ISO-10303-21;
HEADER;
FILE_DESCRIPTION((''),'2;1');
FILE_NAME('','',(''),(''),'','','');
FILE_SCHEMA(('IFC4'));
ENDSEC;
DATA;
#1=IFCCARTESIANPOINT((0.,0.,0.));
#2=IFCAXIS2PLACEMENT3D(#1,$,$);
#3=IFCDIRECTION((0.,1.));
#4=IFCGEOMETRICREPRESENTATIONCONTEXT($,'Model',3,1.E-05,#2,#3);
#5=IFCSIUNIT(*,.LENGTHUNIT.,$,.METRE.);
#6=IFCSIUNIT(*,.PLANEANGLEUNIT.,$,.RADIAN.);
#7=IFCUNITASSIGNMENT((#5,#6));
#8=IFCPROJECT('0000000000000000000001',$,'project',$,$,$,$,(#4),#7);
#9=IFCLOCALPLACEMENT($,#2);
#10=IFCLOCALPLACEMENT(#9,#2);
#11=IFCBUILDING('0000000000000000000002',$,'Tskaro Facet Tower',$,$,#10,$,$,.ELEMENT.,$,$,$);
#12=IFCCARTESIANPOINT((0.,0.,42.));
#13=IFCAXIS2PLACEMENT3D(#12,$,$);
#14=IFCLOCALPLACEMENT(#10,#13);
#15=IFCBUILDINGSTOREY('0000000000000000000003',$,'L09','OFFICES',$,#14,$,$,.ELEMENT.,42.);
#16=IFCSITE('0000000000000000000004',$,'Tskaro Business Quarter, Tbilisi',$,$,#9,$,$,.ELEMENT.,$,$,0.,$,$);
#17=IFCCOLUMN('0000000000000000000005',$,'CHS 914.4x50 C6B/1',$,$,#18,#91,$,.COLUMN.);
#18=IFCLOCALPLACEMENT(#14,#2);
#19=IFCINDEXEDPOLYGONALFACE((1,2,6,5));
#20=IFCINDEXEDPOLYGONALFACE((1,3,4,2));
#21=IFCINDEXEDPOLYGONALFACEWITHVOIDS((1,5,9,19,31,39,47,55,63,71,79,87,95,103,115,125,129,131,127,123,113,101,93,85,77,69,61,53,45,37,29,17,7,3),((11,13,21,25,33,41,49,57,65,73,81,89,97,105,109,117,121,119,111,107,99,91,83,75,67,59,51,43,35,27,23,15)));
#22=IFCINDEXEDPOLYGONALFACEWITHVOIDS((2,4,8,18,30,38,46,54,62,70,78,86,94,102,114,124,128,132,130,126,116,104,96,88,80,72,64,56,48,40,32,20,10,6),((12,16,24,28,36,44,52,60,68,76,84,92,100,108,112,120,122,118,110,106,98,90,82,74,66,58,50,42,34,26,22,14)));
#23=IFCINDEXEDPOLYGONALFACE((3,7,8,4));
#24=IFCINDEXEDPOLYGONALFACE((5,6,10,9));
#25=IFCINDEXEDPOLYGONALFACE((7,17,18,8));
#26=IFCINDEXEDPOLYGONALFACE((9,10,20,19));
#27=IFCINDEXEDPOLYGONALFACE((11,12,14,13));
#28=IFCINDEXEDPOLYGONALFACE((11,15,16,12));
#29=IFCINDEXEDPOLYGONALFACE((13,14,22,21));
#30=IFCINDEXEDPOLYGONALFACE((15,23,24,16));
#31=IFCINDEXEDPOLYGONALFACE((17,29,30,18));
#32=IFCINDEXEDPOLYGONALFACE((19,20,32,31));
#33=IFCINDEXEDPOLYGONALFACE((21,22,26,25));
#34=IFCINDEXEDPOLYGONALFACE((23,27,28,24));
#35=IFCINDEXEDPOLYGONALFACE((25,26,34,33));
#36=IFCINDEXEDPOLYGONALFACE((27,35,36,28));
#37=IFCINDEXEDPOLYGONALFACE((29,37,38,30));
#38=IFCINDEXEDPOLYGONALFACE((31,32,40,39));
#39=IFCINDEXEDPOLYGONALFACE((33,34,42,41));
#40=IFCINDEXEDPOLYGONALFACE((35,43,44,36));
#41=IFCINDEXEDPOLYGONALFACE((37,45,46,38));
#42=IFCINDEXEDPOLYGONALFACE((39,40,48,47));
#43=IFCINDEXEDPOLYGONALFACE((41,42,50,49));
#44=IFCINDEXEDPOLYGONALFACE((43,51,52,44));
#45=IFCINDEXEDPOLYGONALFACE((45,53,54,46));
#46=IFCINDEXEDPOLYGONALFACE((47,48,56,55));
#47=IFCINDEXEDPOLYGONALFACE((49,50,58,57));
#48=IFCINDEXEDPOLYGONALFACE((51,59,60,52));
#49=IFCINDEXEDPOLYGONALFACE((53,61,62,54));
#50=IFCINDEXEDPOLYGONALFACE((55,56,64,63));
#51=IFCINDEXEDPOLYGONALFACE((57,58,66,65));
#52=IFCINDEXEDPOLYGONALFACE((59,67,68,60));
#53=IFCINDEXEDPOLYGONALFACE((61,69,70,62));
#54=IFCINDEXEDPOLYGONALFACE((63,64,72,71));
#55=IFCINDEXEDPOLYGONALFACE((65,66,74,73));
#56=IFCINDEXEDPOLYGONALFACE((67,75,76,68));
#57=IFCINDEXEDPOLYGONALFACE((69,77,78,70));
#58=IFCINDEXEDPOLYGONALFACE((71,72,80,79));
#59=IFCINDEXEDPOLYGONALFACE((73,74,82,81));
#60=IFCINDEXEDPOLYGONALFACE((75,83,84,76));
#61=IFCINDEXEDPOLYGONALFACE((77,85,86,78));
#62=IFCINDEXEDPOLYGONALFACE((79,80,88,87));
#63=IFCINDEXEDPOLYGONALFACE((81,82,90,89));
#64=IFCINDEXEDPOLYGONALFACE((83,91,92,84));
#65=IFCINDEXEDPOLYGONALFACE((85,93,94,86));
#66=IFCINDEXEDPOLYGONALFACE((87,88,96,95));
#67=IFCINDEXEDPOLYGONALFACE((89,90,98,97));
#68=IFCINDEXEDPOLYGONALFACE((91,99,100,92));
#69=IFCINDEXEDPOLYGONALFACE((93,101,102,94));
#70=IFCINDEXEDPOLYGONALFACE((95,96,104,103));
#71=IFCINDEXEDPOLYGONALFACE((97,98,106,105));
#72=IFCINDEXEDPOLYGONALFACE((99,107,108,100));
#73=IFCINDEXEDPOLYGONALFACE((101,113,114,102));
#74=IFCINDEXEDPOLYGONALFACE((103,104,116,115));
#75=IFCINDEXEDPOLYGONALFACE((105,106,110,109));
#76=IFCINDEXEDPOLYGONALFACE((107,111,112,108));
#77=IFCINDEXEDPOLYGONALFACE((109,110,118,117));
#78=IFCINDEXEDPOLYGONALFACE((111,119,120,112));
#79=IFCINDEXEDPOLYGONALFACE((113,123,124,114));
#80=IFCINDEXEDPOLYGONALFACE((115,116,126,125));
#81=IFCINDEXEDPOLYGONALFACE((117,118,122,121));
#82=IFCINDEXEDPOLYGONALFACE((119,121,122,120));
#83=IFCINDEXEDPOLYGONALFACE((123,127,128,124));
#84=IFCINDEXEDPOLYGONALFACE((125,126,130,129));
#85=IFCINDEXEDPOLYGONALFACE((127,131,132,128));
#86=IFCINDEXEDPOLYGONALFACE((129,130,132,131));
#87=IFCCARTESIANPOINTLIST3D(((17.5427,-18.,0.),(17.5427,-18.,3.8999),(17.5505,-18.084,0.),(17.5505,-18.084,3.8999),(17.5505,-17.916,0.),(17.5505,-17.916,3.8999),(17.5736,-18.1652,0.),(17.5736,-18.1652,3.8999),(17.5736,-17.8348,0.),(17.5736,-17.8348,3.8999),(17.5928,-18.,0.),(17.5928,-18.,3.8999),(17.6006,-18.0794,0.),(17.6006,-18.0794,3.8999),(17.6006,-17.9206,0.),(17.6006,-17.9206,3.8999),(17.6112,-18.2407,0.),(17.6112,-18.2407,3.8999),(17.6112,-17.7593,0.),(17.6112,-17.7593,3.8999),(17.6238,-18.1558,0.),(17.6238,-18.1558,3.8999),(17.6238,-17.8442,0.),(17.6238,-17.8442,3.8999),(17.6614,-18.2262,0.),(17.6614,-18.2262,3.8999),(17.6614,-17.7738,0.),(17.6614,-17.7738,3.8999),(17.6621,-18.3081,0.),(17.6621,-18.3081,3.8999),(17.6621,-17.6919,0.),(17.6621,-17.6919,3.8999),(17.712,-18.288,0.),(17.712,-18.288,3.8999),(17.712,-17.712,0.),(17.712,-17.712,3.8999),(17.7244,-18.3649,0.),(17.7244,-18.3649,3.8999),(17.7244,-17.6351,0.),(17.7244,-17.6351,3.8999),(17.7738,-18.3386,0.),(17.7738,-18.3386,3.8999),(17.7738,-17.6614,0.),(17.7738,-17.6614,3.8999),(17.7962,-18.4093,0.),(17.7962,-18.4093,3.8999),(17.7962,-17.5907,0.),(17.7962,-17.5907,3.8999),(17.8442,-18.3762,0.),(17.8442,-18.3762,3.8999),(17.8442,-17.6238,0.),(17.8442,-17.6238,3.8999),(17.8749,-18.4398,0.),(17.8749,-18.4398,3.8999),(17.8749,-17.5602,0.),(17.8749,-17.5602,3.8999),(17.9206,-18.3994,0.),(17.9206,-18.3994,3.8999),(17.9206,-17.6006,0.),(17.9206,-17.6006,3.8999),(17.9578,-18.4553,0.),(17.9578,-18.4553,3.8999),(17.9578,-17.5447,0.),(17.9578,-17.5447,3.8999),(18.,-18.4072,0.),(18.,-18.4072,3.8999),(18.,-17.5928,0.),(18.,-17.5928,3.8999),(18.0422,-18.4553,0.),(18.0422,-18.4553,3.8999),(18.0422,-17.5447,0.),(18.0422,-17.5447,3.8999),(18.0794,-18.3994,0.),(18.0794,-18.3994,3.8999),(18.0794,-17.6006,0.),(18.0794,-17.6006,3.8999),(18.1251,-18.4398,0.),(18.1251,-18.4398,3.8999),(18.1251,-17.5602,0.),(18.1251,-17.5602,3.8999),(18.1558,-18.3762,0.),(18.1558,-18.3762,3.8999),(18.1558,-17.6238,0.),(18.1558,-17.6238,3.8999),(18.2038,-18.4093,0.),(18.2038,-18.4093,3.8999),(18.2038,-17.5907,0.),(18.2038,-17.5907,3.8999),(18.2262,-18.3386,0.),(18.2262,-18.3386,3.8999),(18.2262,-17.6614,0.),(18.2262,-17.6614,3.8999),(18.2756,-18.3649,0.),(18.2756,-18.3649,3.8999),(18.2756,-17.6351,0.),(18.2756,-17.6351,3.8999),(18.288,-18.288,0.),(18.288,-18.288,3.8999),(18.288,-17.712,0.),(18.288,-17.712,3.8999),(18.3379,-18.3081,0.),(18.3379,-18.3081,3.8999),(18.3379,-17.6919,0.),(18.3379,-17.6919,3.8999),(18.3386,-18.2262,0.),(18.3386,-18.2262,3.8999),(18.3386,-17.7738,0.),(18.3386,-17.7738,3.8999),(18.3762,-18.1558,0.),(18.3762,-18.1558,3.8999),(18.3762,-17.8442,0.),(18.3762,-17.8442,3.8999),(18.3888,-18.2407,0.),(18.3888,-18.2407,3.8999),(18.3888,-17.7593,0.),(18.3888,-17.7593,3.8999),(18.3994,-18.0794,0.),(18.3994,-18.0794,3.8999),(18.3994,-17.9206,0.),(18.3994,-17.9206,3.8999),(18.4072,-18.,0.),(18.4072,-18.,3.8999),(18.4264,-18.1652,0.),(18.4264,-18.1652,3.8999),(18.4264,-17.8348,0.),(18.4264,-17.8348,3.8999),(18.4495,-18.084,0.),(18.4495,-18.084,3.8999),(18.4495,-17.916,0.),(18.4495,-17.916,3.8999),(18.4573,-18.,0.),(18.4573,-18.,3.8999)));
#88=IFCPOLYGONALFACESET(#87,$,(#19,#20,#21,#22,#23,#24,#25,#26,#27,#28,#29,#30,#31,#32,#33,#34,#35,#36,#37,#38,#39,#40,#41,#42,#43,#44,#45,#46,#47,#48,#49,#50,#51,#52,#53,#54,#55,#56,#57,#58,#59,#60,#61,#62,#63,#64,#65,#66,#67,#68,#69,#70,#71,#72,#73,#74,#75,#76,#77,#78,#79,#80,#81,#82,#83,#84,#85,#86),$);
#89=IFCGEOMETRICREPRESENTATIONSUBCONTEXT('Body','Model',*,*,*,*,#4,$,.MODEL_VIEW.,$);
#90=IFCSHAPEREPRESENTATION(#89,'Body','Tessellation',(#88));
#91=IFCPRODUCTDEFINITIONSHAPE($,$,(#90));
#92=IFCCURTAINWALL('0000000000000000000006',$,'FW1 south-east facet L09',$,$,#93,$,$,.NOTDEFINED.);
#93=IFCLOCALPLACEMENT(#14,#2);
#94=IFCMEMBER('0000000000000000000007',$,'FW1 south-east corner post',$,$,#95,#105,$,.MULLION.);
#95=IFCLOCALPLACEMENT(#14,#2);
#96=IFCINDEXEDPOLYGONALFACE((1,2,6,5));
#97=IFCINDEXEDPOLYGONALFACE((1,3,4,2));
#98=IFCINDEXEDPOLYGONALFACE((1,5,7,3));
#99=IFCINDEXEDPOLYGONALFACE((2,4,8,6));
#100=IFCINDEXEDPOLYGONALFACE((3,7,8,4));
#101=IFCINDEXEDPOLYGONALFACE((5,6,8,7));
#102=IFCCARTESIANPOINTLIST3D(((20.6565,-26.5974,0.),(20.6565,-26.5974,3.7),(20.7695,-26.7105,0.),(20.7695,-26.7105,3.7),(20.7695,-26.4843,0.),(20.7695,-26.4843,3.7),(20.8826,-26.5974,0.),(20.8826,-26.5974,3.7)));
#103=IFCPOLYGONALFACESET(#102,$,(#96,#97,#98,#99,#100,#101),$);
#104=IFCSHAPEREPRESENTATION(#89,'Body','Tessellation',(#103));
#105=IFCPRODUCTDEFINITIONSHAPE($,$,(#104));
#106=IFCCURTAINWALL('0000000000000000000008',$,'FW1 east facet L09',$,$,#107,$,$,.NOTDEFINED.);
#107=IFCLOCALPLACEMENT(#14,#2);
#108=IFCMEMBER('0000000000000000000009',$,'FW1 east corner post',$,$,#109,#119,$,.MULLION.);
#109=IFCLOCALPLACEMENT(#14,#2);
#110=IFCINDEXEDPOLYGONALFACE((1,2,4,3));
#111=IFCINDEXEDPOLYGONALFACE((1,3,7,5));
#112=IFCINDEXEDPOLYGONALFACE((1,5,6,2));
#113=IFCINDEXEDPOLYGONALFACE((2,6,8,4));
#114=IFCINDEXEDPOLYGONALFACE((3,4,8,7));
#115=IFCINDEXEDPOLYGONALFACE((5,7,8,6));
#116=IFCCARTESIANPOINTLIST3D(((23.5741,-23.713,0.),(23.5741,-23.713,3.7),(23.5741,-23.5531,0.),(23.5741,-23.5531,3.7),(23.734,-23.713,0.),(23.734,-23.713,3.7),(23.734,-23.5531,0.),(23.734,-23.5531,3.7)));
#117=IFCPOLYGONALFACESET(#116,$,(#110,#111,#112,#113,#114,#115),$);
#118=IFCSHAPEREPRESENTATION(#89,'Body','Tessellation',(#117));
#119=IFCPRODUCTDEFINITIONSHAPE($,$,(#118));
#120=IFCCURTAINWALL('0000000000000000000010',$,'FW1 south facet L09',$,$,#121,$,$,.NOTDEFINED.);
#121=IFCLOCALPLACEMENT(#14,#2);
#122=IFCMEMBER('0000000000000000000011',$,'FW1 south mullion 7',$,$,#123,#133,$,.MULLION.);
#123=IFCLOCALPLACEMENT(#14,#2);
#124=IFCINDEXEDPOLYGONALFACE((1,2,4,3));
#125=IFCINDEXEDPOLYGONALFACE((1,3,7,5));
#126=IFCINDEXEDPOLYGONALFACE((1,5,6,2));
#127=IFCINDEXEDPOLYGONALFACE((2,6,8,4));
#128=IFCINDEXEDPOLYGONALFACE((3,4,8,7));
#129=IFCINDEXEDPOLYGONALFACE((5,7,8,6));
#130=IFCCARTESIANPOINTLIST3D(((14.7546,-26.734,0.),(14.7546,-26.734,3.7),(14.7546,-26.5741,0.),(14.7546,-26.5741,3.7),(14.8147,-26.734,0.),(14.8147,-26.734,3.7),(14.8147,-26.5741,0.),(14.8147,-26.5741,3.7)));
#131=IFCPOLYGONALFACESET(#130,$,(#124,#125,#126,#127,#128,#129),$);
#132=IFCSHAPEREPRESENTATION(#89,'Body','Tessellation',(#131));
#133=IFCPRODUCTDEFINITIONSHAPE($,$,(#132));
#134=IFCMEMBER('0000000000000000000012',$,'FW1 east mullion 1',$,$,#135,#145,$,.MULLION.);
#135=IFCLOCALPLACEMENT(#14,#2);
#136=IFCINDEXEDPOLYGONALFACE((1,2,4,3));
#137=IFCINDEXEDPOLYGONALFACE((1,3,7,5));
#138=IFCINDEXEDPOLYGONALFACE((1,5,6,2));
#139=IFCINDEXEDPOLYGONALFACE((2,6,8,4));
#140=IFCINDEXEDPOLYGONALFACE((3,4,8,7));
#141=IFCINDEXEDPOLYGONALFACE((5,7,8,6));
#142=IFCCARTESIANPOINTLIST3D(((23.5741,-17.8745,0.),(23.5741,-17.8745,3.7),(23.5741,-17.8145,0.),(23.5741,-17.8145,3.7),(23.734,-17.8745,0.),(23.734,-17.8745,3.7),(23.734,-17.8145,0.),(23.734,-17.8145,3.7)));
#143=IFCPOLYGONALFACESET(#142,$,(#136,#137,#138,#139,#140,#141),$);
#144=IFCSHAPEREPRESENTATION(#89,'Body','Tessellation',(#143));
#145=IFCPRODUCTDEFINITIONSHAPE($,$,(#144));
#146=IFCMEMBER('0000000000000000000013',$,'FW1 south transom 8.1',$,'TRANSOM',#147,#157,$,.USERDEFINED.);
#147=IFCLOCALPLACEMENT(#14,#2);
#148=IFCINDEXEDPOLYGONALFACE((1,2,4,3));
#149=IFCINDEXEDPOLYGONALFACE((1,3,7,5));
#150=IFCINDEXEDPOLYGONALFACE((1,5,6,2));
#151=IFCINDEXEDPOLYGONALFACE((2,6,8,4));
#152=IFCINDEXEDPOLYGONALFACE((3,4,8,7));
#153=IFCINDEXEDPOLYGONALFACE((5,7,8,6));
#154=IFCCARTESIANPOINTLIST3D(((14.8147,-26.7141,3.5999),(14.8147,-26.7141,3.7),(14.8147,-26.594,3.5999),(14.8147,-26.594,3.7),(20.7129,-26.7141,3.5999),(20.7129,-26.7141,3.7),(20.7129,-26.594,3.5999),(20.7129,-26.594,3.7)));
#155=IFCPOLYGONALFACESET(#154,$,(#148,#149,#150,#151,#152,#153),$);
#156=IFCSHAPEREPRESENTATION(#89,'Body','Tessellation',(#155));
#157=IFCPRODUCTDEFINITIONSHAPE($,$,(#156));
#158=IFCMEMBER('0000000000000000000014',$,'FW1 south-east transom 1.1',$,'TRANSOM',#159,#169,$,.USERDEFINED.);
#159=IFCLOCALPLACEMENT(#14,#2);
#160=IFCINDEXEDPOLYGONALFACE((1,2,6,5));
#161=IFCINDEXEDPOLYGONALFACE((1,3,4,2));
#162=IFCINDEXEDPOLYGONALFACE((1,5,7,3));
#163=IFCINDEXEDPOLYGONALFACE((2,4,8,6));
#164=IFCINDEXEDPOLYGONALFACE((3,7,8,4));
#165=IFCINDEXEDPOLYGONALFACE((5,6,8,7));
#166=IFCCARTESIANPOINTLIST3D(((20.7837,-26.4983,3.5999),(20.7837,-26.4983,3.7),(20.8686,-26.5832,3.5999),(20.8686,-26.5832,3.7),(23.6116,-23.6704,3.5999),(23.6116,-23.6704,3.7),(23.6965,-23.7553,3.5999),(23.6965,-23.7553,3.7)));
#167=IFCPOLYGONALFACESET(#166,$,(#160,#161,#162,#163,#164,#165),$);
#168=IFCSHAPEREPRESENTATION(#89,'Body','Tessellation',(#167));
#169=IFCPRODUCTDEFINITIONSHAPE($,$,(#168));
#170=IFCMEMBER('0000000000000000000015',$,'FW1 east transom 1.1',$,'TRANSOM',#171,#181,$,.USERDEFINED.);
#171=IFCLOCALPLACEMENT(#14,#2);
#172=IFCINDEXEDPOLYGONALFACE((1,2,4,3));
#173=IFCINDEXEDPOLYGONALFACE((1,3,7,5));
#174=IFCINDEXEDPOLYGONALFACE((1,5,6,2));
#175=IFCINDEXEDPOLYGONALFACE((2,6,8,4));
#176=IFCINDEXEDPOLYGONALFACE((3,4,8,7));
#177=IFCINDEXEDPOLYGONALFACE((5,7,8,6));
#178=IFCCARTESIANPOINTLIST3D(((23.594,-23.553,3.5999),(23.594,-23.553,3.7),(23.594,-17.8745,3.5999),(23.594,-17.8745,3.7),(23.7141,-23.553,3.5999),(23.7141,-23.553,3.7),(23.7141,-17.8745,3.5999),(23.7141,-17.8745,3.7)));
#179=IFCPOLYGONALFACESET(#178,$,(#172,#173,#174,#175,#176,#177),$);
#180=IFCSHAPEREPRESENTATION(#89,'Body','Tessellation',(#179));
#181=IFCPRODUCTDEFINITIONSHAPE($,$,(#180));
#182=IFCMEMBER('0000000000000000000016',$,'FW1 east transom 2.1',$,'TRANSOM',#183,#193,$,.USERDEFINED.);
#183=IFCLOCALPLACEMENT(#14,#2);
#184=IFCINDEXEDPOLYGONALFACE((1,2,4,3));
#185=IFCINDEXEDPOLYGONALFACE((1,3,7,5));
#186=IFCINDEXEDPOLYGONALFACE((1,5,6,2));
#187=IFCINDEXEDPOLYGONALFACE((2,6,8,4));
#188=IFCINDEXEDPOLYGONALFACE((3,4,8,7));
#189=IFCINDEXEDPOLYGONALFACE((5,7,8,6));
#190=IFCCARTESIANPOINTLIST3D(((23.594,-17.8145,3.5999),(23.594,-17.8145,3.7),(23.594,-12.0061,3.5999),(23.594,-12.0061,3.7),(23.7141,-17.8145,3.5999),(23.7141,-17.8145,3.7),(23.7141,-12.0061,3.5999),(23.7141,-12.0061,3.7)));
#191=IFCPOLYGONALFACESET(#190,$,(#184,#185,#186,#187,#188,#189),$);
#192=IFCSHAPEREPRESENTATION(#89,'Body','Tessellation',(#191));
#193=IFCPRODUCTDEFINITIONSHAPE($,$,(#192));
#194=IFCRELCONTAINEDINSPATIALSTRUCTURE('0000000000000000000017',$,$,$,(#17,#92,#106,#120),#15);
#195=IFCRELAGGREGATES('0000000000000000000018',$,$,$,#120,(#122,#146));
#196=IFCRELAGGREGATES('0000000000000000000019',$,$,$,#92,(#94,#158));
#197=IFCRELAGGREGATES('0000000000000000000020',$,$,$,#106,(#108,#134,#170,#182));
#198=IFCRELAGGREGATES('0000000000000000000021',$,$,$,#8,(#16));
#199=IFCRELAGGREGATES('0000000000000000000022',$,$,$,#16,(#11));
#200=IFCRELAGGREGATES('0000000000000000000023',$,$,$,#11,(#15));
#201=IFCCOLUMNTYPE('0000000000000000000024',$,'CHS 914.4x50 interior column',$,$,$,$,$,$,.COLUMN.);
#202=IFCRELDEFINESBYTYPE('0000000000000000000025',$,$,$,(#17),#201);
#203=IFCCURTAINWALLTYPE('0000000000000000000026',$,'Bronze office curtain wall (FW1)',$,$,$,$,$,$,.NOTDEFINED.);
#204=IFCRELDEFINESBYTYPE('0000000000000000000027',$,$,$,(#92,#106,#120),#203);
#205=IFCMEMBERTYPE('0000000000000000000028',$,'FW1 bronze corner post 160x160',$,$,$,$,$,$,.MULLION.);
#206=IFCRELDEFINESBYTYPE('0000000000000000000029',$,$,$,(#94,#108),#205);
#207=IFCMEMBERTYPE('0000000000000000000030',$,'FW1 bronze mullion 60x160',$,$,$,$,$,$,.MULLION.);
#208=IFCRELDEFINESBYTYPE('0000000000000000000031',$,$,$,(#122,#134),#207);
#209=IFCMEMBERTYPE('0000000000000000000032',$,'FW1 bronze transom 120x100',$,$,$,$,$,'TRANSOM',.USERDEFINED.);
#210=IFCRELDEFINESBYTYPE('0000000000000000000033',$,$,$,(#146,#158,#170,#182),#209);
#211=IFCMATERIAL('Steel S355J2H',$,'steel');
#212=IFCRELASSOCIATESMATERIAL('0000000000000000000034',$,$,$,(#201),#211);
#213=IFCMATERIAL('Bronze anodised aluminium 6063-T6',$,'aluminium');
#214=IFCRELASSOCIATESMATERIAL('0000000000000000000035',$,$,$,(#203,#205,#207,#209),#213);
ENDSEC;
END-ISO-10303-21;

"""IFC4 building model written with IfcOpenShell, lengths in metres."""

from ifc_helpers import new_model, si_unit, direction, frame, origin, origin_2d, place, context, subcontext, project, spatial, rectangle, hollow_circle, extrude, material, material_profile, profile_set, type_object, element, aggregate, save


model = new_model("IFC4")

# Units and contexts
model_context = context("Model", 3, precision=1e-05, world=origin(), true_north=direction((0.0, 1.0)))
body_context = subcontext(model_context, "Body", "Model", "MODEL_VIEW")
ifc_project = project(units=[si_unit("LENGTHUNIT", "METRE"), si_unit("PLANEANGLEUNIT", "RADIAN")], contexts=[model_context])

# Site, building, storey
site_placement = place(None, origin())
site = spatial("IfcSite", under=ifc_project, at=site_placement, Name="Tskaro Business Quarter, Tbilisi", CompositionType="ELEMENT", RefElevation=0.0)
building_placement = place(site_placement, origin())
building = spatial("IfcBuilding", under=site, at=building_placement, Name="Tskaro Facet Tower", CompositionType="ELEMENT")
storey_placement = place(building_placement, frame((0.0, 0.0, 42.0)))
storey = spatial("IfcBuildingStorey", under=building, at=storey_placement, Name="L09", Description="OFFICES", CompositionType="ELEMENT", Elevation=42.0)

# Column
ifc_material_1 = material(Name="Steel S355J2H", Category="steel")
ifc_material_profile_1 = material_profile(ifc_material_1, hollow_circle(Radius=0.4573, WallThickness=0.05, at=origin_2d()), Name="CHS 914.4x50")
ifc_profile_set_1 = profile_set([ifc_material_profile_1], Name="Steel S355J2H")
column_type_1 = type_object("IfcColumnType", Name="CHS 914.4x50 interior column", PredefinedType="COLUMN", material=ifc_profile_set_1)
column_placement = place(storey_placement, frame((18.0, -18.0, 0.0), z_axis=(0.0, 0.0, 1.0), x_axis=(1.0, 0.0, 0.0)))
element("IfcColumn", 1, at=column_placement, inside=storey, type_object=column_type_1, Name="CHS 914.4x50 C6B/1", PredefinedType="COLUMN", context=body_context, shape_type="SweptSolid", body=[
    extrude(hollow_circle(Radius=0.4573, WallThickness=0.05, at=origin_2d()), origin(), (0.0, 0.0, 1.0), 3.8999),
])

# Curtain walls, members
ifc_material_2 = material(Name="Bronze anodised aluminium 6063-T6", Category="aluminium")
curtain_wall_type = type_object("IfcCurtainWallType", Name="Bronze office curtain wall (FW1)", PredefinedType="NOTDEFINED", material=ifc_material_2)
curtain_wall_1_placement = place(storey_placement, origin())
curtain_wall_1 = element("IfcCurtainWall", 2, at=curtain_wall_1_placement, inside=storey, type_object=curtain_wall_type, Name="FW1 south-east facet L09", PredefinedType="NOTDEFINED")
ifc_material_profile_2 = material_profile(ifc_material_2, rectangle(XDim=0.1599, YDim=0.1599, at=origin_2d()), Name="Corner post 160x160")
ifc_profile_set_2 = profile_set([ifc_material_profile_2], Name="Bronze anodised aluminium 6063-T6")
member_type_1 = type_object("IfcMemberType", Name="FW1 bronze corner post 160x160", PredefinedType="MULLION", material=ifc_profile_set_2)
member_1_placement = place(storey_placement, frame((20.7695, -26.5974, 0.0), z_axis=(0.0, 0.0, 1.0), x_axis=(0.707107, 0.707107, 0.0)))
member_1 = element("IfcMember", 3, at=member_1_placement, type_object=member_type_1, Name="FW1 south-east corner post", PredefinedType="MULLION", context=body_context, shape_type="SweptSolid", body=[
    extrude(rectangle(XDim=0.1599, YDim=0.1599, at=origin_2d()), origin(), (0.0, 0.0, 1.0), 3.7),
])
curtain_wall_2_placement = place(storey_placement, origin())
curtain_wall_2 = element("IfcCurtainWall", 4, at=curtain_wall_2_placement, inside=storey, type_object=curtain_wall_type, Name="FW1 east facet L09", PredefinedType="NOTDEFINED")
member_2_placement = place(storey_placement, frame((23.6541, -23.6331, 0.0), z_axis=(0.0, 0.0, 1.0), x_axis=(0.0, 1.0, 0.0)))
member_2 = element("IfcMember", 5, at=member_2_placement, type_object=member_type_1, Name="FW1 east corner post", PredefinedType="MULLION", context=body_context, shape_type="SweptSolid", body=[
    extrude(rectangle(XDim=0.1599, YDim=0.1599, at=origin_2d()), origin(), (0.0, 0.0, 1.0), 3.7),
])
curtain_wall_3_placement = place(storey_placement, origin())
curtain_wall_3 = element("IfcCurtainWall", 6, at=curtain_wall_3_placement, inside=storey, type_object=curtain_wall_type, Name="FW1 south facet L09", PredefinedType="NOTDEFINED")
ifc_material_profile_3 = material_profile(ifc_material_2, rectangle(XDim=0.0601, YDim=0.1599, at=origin_2d()), Name="Mullion 60x160")
ifc_profile_set_3 = profile_set([ifc_material_profile_3], Name="Bronze anodised aluminium 6063-T6")
member_type_2 = type_object("IfcMemberType", Name="FW1 bronze mullion 60x160", PredefinedType="MULLION", material=ifc_profile_set_3)
member_3_placement = place(storey_placement, frame((14.7847, -26.6541, 0.0), z_axis=(0.0, 0.0, 1.0), x_axis=(1.0, 0.0, 0.0)))
member_3 = element("IfcMember", 7, at=member_3_placement, type_object=member_type_2, Name="FW1 south mullion 7", PredefinedType="MULLION", context=body_context, shape_type="SweptSolid", body=[
    extrude(rectangle(XDim=0.0601, YDim=0.1599, at=origin_2d()), origin(), (0.0, 0.0, 1.0), 3.7),
])

# Members
member_4_placement = place(storey_placement, frame((23.6541, -17.8445, 0.0), z_axis=(0.0, 0.0, 1.0), x_axis=(0.0, 1.0, 0.0)))
member_4 = element("IfcMember", 8, at=member_4_placement, type_object=member_type_2, Name="FW1 east mullion 1", PredefinedType="MULLION", context=body_context, shape_type="SweptSolid", body=[
    extrude(rectangle(XDim=0.0601, YDim=0.1599, at=origin_2d()), origin(), (0.0, 0.0, 1.0), 3.7),
])
ifc_material_profile_4 = material_profile(ifc_material_2, rectangle(XDim=0.1201, YDim=0.1001, at=origin_2d()), Name="Transom 120x100")
ifc_profile_set_4 = profile_set([ifc_material_profile_4], Name="Bronze anodised aluminium 6063-T6")
member_type_3 = type_object("IfcMemberType", Name="FW1 bronze transom 120x100", ElementType="TRANSOM", PredefinedType="USERDEFINED", material=ifc_profile_set_4)
member_5_placement = place(storey_placement, frame((14.8147, -26.6541, 3.6499), z_axis=(1.0, 0.0, 0.0), x_axis=(0.0, 1.0, 0.0)))
member_5 = element("IfcMember", 9, at=member_5_placement, type_object=member_type_3, Name="FW1 south transom 8.1", ObjectType="TRANSOM", PredefinedType="USERDEFINED", context=body_context, shape_type="SweptSolid", body=[
    extrude(rectangle(XDim=0.1201, YDim=0.1001, at=origin_2d()), origin(), (0.0, 0.0, 1.0), 5.8982),
])
member_6_placement = place(storey_placement, frame((20.8262, -26.5408, 3.6499), z_axis=(0.707107, 0.707107, 0.0), x_axis=(-0.707107, 0.707107, 0.0)))
member_6 = element("IfcMember", 10, at=member_6_placement, type_object=member_type_3, Name="FW1 south-east transom 1.1", ObjectType="TRANSOM", PredefinedType="USERDEFINED", context=body_context, shape_type="SweptSolid", body=[
    extrude(rectangle(XDim=0.1201, YDim=0.1001, at=origin_2d()), origin(), (0.0, 0.0, 1.0), 3.9993),
])
member_7_placement = place(storey_placement, frame((23.6541, -23.553, 3.6499), z_axis=(0.0, 1.0, 0.0), x_axis=(-1.0, 0.0, 0.0)))
member_7 = element("IfcMember", 11, at=member_7_placement, type_object=member_type_3, Name="FW1 east transom 1.1", ObjectType="TRANSOM", PredefinedType="USERDEFINED", context=body_context, shape_type="SweptSolid", body=[
    extrude(rectangle(XDim=0.1201, YDim=0.1001, at=origin_2d()), origin(), (0.0, 0.0, 1.0), 5.6785),
])
member_8_placement = place(storey_placement, frame((23.6541, -17.8145, 3.6499), z_axis=(0.0, 1.0, 0.0), x_axis=(-1.0, 0.0, 0.0)))
member_8 = element("IfcMember", 12, at=member_8_placement, type_object=member_type_3, Name="FW1 east transom 2.1", ObjectType="TRANSOM", PredefinedType="USERDEFINED", context=body_context, shape_type="SweptSolid", body=[
    extrude(rectangle(XDim=0.1201, YDim=0.1001, at=origin_2d()), origin(), (0.0, 0.0, 1.0), 5.8083),
])

aggregate(curtain_wall_3, [member_3, member_5])
aggregate(curtain_wall_1, [member_1, member_6])
aggregate(curtain_wall_2, [member_2, member_4, member_7, member_8])

save(model, "model.ifc")
